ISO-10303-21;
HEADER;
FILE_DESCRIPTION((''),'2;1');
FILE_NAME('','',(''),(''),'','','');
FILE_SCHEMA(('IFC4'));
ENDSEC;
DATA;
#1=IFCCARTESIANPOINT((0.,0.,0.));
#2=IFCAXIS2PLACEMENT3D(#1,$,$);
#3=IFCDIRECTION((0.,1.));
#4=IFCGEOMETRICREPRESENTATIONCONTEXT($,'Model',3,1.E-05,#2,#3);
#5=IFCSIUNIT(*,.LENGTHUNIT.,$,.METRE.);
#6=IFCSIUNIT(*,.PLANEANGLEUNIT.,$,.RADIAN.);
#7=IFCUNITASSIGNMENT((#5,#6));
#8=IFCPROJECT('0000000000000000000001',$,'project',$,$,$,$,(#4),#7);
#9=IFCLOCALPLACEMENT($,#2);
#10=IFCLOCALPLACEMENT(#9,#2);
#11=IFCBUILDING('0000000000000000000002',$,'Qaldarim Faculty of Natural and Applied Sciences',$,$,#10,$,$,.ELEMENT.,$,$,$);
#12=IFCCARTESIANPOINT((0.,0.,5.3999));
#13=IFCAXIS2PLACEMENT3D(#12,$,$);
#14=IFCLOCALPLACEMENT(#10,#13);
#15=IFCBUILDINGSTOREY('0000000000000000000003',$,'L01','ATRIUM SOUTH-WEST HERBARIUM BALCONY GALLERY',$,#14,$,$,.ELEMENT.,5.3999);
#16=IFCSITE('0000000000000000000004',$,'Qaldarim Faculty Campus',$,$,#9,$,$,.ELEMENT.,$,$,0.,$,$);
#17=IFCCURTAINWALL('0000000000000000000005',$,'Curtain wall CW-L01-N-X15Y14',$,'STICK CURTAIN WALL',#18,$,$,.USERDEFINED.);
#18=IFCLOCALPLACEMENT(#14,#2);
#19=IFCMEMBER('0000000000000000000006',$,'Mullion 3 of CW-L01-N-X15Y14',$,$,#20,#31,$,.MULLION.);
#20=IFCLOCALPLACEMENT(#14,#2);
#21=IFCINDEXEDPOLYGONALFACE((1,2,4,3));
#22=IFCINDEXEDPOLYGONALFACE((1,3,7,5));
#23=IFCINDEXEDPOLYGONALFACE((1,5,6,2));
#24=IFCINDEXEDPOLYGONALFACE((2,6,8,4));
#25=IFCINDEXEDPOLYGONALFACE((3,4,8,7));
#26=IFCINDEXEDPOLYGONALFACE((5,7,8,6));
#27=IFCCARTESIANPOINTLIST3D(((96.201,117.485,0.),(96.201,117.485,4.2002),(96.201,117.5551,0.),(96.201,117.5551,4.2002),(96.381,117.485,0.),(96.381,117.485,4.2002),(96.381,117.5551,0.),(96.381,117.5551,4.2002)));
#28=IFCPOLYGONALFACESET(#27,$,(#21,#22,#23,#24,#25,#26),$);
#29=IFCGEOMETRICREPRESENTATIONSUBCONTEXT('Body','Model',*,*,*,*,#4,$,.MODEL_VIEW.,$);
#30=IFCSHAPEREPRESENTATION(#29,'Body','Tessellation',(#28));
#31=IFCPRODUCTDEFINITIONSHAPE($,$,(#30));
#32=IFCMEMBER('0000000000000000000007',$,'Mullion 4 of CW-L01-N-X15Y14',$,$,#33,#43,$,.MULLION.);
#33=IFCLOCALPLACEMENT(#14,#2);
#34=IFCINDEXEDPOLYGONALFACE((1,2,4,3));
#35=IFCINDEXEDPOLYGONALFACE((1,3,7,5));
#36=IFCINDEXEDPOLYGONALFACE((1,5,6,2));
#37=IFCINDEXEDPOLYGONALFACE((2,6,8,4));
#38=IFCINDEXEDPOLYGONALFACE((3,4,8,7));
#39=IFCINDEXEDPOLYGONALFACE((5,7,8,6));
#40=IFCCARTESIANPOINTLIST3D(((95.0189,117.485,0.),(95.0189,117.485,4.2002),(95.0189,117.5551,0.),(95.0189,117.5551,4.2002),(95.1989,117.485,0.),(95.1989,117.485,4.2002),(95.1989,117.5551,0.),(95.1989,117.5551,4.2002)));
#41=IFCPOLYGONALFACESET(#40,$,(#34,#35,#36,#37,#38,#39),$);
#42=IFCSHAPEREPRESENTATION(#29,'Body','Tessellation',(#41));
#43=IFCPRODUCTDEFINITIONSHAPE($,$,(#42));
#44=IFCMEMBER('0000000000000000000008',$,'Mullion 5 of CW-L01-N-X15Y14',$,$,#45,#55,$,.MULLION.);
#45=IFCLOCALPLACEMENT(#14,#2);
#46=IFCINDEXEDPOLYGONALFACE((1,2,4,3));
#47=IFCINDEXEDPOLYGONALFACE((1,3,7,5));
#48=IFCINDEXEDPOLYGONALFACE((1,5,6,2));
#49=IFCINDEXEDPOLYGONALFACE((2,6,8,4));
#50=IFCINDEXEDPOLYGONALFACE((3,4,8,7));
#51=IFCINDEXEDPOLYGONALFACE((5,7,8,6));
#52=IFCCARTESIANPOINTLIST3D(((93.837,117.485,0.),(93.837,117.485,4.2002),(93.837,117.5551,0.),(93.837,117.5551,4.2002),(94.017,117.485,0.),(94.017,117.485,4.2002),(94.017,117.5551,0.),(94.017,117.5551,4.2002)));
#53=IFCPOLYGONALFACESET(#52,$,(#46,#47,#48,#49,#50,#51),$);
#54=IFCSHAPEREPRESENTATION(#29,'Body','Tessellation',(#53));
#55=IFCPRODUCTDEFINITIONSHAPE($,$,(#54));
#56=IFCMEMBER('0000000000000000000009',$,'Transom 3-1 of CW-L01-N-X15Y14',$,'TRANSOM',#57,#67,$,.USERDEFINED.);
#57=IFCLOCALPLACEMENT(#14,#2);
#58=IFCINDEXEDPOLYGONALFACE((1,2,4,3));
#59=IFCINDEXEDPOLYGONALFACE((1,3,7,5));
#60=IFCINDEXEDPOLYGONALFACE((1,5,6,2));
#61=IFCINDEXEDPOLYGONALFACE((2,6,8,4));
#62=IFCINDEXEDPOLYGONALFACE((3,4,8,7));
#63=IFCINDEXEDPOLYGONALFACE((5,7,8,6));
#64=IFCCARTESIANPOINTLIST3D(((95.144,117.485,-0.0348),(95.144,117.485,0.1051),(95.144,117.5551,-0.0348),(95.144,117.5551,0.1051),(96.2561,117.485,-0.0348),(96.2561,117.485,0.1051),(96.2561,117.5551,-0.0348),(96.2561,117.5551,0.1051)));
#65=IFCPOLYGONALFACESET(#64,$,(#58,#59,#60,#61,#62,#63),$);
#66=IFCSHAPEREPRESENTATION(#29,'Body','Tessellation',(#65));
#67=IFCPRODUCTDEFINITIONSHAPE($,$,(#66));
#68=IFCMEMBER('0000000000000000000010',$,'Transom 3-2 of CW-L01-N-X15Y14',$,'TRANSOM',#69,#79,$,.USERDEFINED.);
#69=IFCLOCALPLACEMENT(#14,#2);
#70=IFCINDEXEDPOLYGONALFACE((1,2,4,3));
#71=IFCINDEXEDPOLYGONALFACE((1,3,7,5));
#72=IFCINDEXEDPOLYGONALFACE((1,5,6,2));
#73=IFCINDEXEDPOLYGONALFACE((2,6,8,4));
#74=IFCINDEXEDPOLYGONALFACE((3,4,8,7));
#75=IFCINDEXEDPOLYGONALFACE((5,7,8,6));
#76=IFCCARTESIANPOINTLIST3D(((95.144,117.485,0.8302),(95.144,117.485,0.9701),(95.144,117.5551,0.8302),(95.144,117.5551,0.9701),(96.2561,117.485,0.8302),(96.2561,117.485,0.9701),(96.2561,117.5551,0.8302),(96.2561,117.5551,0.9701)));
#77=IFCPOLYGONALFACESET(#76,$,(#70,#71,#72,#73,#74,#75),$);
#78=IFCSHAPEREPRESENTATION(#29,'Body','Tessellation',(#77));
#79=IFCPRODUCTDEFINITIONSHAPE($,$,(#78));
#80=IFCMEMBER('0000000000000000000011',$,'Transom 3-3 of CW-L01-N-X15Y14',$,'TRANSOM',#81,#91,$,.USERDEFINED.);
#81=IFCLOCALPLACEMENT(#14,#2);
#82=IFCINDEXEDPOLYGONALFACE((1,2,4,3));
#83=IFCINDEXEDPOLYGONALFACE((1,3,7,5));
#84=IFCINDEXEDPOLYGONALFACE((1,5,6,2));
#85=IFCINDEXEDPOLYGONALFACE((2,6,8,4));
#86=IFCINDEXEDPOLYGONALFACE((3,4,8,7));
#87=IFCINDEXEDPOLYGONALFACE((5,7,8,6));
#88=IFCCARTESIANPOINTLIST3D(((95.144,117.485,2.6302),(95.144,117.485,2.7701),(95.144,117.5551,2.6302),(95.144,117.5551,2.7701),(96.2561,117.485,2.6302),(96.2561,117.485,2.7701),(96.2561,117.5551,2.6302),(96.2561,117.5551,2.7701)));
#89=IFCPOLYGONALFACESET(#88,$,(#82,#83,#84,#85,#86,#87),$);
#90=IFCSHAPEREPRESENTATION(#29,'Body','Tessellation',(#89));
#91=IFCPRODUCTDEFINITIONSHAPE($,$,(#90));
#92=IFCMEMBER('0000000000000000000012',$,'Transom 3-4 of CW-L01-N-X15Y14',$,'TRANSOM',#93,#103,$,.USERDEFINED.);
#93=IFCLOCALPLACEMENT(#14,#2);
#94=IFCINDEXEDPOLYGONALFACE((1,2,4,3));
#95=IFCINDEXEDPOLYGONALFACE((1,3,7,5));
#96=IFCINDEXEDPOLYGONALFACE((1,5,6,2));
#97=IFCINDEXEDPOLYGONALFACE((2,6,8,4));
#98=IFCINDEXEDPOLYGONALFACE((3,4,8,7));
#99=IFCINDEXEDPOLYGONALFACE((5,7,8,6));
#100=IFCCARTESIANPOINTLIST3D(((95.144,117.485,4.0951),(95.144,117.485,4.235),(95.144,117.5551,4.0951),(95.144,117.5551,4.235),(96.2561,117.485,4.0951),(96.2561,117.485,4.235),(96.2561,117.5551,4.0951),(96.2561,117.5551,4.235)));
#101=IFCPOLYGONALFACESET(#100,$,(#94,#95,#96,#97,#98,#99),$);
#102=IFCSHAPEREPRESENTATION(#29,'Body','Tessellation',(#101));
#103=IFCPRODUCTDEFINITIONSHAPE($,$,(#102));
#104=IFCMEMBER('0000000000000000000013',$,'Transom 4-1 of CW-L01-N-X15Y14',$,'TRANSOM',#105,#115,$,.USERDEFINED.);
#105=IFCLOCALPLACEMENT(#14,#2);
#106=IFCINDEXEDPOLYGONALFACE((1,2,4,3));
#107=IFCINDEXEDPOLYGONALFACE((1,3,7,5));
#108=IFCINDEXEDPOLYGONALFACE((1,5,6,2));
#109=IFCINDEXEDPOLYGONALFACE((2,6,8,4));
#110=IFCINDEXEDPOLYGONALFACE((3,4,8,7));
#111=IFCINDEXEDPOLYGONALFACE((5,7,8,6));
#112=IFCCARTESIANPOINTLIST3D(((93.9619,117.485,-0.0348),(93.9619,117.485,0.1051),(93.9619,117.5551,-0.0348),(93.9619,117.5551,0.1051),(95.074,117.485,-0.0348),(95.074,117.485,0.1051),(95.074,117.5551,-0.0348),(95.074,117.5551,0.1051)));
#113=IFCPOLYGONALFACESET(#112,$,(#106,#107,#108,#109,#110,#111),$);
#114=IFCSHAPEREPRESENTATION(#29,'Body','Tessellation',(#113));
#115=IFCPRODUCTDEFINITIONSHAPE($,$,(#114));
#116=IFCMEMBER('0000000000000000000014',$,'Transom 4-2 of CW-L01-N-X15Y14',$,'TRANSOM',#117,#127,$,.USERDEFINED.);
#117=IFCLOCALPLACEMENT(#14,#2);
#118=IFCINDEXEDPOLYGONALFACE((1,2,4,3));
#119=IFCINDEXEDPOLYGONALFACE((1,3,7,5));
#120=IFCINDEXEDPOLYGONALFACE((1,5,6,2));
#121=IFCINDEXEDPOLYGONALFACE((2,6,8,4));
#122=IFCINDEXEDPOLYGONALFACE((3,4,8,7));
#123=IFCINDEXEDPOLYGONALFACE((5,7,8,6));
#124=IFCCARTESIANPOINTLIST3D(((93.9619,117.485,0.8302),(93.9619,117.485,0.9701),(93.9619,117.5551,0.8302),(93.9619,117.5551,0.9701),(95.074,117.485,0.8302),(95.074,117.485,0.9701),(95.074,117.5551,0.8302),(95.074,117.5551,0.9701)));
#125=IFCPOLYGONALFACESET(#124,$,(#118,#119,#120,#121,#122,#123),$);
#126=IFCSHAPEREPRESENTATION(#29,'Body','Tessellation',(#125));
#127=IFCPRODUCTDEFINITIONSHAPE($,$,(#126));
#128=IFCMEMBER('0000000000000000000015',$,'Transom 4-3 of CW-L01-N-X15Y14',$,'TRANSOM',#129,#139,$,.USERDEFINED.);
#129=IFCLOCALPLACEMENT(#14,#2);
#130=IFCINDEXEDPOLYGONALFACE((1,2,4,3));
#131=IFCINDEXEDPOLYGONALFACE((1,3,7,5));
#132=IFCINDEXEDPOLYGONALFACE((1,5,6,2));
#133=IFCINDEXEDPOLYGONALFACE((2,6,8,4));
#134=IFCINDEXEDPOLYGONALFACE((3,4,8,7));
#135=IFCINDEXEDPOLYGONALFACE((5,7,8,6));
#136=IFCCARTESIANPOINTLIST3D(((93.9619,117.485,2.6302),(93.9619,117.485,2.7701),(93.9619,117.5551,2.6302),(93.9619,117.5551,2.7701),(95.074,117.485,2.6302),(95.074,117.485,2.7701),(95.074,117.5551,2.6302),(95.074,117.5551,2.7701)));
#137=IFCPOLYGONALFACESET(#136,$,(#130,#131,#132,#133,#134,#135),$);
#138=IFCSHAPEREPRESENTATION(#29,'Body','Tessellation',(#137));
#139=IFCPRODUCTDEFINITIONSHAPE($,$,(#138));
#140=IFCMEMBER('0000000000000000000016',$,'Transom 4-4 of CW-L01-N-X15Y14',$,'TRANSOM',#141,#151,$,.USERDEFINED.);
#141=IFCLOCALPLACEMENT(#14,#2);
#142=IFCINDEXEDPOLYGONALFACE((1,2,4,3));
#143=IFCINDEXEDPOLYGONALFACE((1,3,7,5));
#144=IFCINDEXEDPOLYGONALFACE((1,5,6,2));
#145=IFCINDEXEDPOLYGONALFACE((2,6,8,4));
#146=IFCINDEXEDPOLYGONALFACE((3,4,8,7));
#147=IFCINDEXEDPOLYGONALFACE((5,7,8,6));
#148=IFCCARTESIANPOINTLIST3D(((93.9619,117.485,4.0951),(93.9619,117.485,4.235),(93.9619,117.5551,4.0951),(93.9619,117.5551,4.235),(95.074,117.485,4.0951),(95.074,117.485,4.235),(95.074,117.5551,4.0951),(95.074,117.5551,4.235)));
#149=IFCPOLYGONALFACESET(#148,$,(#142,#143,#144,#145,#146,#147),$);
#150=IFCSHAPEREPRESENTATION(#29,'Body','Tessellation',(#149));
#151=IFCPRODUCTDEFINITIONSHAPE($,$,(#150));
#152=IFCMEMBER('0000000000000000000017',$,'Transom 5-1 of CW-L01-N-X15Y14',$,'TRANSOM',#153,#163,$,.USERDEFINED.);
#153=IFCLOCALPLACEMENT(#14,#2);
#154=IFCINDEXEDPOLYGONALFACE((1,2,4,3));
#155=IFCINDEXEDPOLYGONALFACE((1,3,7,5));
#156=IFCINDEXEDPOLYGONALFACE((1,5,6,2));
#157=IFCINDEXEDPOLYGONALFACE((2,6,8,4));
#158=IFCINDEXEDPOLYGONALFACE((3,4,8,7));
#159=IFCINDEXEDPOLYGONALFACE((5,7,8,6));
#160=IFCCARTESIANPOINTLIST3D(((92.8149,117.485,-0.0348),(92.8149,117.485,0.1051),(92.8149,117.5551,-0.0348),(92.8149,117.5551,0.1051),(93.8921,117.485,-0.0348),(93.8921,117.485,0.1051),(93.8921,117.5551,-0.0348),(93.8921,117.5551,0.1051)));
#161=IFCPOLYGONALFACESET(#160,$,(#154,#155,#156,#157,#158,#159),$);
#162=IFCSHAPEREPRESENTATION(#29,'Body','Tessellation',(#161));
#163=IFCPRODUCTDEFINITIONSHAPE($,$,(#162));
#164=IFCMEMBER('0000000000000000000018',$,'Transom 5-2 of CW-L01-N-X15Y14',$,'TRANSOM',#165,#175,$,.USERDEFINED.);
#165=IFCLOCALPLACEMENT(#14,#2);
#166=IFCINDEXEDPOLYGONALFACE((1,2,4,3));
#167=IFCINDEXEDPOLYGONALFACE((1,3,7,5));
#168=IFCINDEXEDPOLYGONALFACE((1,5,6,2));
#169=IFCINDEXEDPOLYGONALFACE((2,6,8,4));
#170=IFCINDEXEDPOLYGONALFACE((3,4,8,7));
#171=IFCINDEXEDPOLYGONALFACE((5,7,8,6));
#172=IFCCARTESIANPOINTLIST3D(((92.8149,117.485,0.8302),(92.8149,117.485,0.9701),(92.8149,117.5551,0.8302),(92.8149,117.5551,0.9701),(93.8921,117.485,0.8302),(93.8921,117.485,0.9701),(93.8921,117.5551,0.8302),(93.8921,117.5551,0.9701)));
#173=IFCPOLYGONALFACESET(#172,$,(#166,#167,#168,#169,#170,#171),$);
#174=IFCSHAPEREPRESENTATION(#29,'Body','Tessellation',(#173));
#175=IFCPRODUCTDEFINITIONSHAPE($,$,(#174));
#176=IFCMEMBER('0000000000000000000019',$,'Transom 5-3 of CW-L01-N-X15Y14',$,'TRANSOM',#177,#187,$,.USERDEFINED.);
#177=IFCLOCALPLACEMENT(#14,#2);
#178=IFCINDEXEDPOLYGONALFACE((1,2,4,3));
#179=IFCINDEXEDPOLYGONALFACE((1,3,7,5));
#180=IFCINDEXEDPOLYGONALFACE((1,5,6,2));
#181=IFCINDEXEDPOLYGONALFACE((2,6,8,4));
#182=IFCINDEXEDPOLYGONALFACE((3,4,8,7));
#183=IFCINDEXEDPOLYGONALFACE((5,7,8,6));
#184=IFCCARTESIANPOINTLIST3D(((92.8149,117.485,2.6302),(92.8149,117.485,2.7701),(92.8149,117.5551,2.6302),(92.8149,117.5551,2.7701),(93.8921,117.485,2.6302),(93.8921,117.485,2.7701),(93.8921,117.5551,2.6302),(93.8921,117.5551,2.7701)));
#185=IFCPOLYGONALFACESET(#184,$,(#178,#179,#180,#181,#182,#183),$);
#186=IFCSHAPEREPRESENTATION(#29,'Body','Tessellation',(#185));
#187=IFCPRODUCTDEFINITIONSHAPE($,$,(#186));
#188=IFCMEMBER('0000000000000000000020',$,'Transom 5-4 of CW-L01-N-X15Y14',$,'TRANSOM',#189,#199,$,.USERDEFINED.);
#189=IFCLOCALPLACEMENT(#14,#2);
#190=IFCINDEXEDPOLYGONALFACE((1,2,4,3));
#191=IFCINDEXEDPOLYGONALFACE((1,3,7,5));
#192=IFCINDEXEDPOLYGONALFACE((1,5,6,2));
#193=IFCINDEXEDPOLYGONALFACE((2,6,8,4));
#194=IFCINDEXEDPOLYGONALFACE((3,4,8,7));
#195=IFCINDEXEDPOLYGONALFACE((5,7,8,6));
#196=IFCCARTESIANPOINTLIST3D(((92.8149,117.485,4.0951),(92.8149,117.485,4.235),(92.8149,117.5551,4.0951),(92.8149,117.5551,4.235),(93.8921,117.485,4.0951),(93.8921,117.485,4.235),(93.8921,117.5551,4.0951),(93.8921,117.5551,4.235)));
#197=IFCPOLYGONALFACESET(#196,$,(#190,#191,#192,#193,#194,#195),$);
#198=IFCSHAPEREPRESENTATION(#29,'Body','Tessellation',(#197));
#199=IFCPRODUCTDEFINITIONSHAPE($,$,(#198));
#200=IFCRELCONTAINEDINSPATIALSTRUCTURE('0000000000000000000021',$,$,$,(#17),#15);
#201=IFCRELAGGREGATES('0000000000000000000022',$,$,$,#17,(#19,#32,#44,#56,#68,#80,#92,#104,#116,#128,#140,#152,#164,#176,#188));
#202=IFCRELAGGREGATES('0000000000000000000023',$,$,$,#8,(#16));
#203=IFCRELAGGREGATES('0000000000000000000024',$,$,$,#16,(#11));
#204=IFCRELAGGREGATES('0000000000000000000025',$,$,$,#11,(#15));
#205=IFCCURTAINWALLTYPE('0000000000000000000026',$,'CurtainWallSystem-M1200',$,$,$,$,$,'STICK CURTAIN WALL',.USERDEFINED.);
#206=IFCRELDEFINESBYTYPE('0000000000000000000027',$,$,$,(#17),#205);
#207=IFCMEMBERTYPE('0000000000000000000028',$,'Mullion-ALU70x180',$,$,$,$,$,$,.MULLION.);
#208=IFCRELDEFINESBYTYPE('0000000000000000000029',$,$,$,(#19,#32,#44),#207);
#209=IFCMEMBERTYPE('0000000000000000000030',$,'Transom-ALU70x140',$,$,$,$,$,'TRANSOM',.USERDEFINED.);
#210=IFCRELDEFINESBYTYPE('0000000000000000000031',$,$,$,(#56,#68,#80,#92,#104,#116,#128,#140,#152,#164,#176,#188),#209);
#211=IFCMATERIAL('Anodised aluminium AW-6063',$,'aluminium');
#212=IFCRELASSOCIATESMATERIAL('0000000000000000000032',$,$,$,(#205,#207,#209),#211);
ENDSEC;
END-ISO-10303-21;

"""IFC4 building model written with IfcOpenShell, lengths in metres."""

from ifc_helpers import new_model, si_unit, direction, frame, origin, origin_2d, place, context, subcontext, project, spatial, rectangle, extrude, material, material_profile, profile_set, type_object, element, aggregate, save


model = new_model("IFC4")

# Units and contexts
model_context = context("Model", 3, precision=1e-05, world=origin(), true_north=direction((0.0, 1.0)))
body_context = subcontext(model_context, "Body", "Model", "MODEL_VIEW")
ifc_project = project(units=[si_unit("LENGTHUNIT", "METRE"), si_unit("PLANEANGLEUNIT", "RADIAN")], contexts=[model_context])

# Site, building, storey
site_placement = place(None, origin())
site = spatial("IfcSite", under=ifc_project, at=site_placement, Name="Qaldarim Faculty Campus", CompositionType="ELEMENT", RefElevation=0.0)
building_placement = place(site_placement, origin())
building = spatial("IfcBuilding", under=site, at=building_placement, Name="Qaldarim Faculty of Natural and Applied Sciences", CompositionType="ELEMENT")
storey_placement = place(building_placement, frame((0.0, 0.0, 5.3999)))
storey = spatial("IfcBuildingStorey", under=building, at=storey_placement, Name="L01", Description="ATRIUM SOUTH-WEST HERBARIUM BALCONY GALLERY", CompositionType="ELEMENT", Elevation=5.3999)

# Curtain wall, members
ifc_material_1 = material(Name="Anodised aluminium AW-6063", Category="aluminium")
curtain_wall_type = type_object("IfcCurtainWallType", Name="CurtainWallSystem-M1200", ElementType="STICK CURTAIN WALL", PredefinedType="USERDEFINED", material=ifc_material_1)
curtain_wall_placement = place(storey_placement, origin())
curtain_wall = element("IfcCurtainWall", 1, at=curtain_wall_placement, inside=storey, type_object=curtain_wall_type, Name="Curtain wall CW-L01-N-X15Y14", ObjectType="STICK CURTAIN WALL", PredefinedType="USERDEFINED")
ifc_material_profile_1 = material_profile(ifc_material_1, rectangle(XDim=0.0701, YDim=0.1799, at=origin_2d()), Name="ALU-M70x180")
ifc_profile_set_1 = profile_set([ifc_material_profile_1], Name="Anodised aluminium AW-6063")
member_type_1 = type_object("IfcMemberType", Name="Mullion-ALU70x180", PredefinedType="MULLION", material=ifc_profile_set_1)
member_1_placement = place(storey_placement, frame((96.291, 117.52, 0.0), z_axis=(0.0, 0.0, 1.0), x_axis=(0.0, -1.0, 0.0)))
member_1 = element("IfcMember", 2, at=member_1_placement, type_object=member_type_1, Name="Mullion 3 of CW-L01-N-X15Y14", PredefinedType="MULLION", context=body_context, shape_type="SweptSolid", body=[
    extrude(rectangle(XDim=0.0701, YDim=0.1799, at=origin_2d()), origin(), (0.0, 0.0, 1.0), 4.2002),
])
member_2_placement = place(storey_placement, frame((95.1089, 117.52, 0.0), z_axis=(0.0, 0.0, 1.0), x_axis=(0.0, -1.0, 0.0)))
member_2 = element("IfcMember", 3, at=member_2_placement, type_object=member_type_1, Name="Mullion 4 of CW-L01-N-X15Y14", PredefinedType="MULLION", context=body_context, shape_type="SweptSolid", body=[
    extrude(rectangle(XDim=0.0701, YDim=0.1799, at=origin_2d()), origin(), (0.0, 0.0, 1.0), 4.2002),
])
member_3_placement = place(storey_placement, frame((93.927, 117.52, 0.0), z_axis=(0.0, 0.0, 1.0), x_axis=(0.0, -1.0, 0.0)))
member_3 = element("IfcMember", 4, at=member_3_placement, type_object=member_type_1, Name="Mullion 5 of CW-L01-N-X15Y14", PredefinedType="MULLION", context=body_context, shape_type="SweptSolid", body=[
    extrude(rectangle(XDim=0.0701, YDim=0.1799, at=origin_2d()), origin(), (0.0, 0.0, 1.0), 4.2002),
])
ifc_material_profile_2 = material_profile(ifc_material_1, rectangle(XDim=0.0701, YDim=0.1399, at=origin_2d()), Name="ALU-T70x140")
ifc_profile_set_2 = profile_set([ifc_material_profile_2], Name="Anodised aluminium AW-6063")
member_type_2 = type_object("IfcMemberType", Name="Transom-ALU70x140", ElementType="TRANSOM", PredefinedType="USERDEFINED", material=ifc_profile_set_2)
member_4_placement = place(storey_placement, frame((96.2561, 117.52, 0.0352), z_axis=(-1.0, 0.0, 0.0), x_axis=(0.0, -1.0, 0.0)))
member_4 = element("IfcMember", 5, at=member_4_placement, type_object=member_type_2, Name="Transom 3-1 of CW-L01-N-X15Y14", ObjectType="TRANSOM", PredefinedType="USERDEFINED", context=body_context, shape_type="SweptSolid", body=[
    extrude(rectangle(XDim=0.0701, YDim=0.1399, at=origin_2d()), origin(), (0.0, 0.0, 1.0), 1.1121),
])
member_5_placement = place(storey_placement, frame((96.2561, 117.52, 0.9001), z_axis=(-1.0, 0.0, 0.0), x_axis=(0.0, -1.0, 0.0)))
member_5 = element("IfcMember", 6, at=member_5_placement, type_object=member_type_2, Name="Transom 3-2 of CW-L01-N-X15Y14", ObjectType="TRANSOM", PredefinedType="USERDEFINED", context=body_context, shape_type="SweptSolid", body=[
    extrude(rectangle(XDim=0.0701, YDim=0.1399, at=origin_2d()), origin(), (0.0, 0.0, 1.0), 1.1121),
])
member_6_placement = place(storey_placement, frame((96.2561, 117.52, 2.7002), z_axis=(-1.0, 0.0, 0.0), x_axis=(0.0, -1.0, 0.0)))
member_6 = element("IfcMember", 7, at=member_6_placement, type_object=member_type_2, Name="Transom 3-3 of CW-L01-N-X15Y14", ObjectType="TRANSOM", PredefinedType="USERDEFINED", context=body_context, shape_type="SweptSolid", body=[
    extrude(rectangle(XDim=0.0701, YDim=0.1399, at=origin_2d()), origin(), (0.0, 0.0, 1.0), 1.1121),
])
member_7_placement = place(storey_placement, frame((96.2561, 117.52, 4.165), z_axis=(-1.0, 0.0, 0.0), x_axis=(0.0, -1.0, 0.0)))
member_7 = element("IfcMember", 8, at=member_7_placement, type_object=member_type_2, Name="Transom 3-4 of CW-L01-N-X15Y14", ObjectType="TRANSOM", PredefinedType="USERDEFINED", context=body_context, shape_type="SweptSolid", body=[
    extrude(rectangle(XDim=0.0701, YDim=0.1399, at=origin_2d()), origin(), (0.0, 0.0, 1.0), 1.1121),
])
member_8_placement = place(storey_placement, frame((95.074, 117.52, 0.0352), z_axis=(-1.0, 0.0, 0.0), x_axis=(0.0, -1.0, 0.0)))
member_8 = element("IfcMember", 9, at=member_8_placement, type_object=member_type_2, Name="Transom 4-1 of CW-L01-N-X15Y14", ObjectType="TRANSOM", PredefinedType="USERDEFINED", context=body_context, shape_type="SweptSolid", body=[
    extrude(rectangle(XDim=0.0701, YDim=0.1399, at=origin_2d()), origin(), (0.0, 0.0, 1.0), 1.1121),
])
member_9_placement = place(storey_placement, frame((95.074, 117.52, 0.9001), z_axis=(-1.0, 0.0, 0.0), x_axis=(0.0, -1.0, 0.0)))
member_9 = element("IfcMember", 10, at=member_9_placement, type_object=member_type_2, Name="Transom 4-2 of CW-L01-N-X15Y14", ObjectType="TRANSOM", PredefinedType="USERDEFINED", context=body_context, shape_type="SweptSolid", body=[
    extrude(rectangle(XDim=0.0701, YDim=0.1399, at=origin_2d()), origin(), (0.0, 0.0, 1.0), 1.1121),
])
member_10_placement = place(storey_placement, frame((95.074, 117.52, 2.7002), z_axis=(-1.0, 0.0, 0.0), x_axis=(0.0, -1.0, 0.0)))
member_10 = element("IfcMember", 11, at=member_10_placement, type_object=member_type_2, Name="Transom 4-3 of CW-L01-N-X15Y14", ObjectType="TRANSOM", PredefinedType="USERDEFINED", context=body_context, shape_type="SweptSolid", body=[
    extrude(rectangle(XDim=0.0701, YDim=0.1399, at=origin_2d()), origin(), (0.0, 0.0, 1.0), 1.1121),
])
member_11_placement = place(storey_placement, frame((95.074, 117.52, 4.165), z_axis=(-1.0, 0.0, 0.0), x_axis=(0.0, -1.0, 0.0)))
member_11 = element("IfcMember", 12, at=member_11_placement, type_object=member_type_2, Name="Transom 4-4 of CW-L01-N-X15Y14", ObjectType="TRANSOM", PredefinedType="USERDEFINED", context=body_context, shape_type="SweptSolid", body=[
    extrude(rectangle(XDim=0.0701, YDim=0.1399, at=origin_2d()), origin(), (0.0, 0.0, 1.0), 1.1121),
])
member_12_placement = place(storey_placement, frame((93.8921, 117.52, 0.0352), z_axis=(-1.0, 0.0, 0.0), x_axis=(0.0, -1.0, 0.0)))
member_12 = element("IfcMember", 13, at=member_12_placement, type_object=member_type_2, Name="Transom 5-1 of CW-L01-N-X15Y14", ObjectType="TRANSOM", PredefinedType="USERDEFINED", context=body_context, shape_type="SweptSolid", body=[
    extrude(rectangle(XDim=0.0701, YDim=0.1399, at=origin_2d()), origin(), (0.0, 0.0, 1.0), 1.0771),
])
member_13_placement = place(storey_placement, frame((93.8921, 117.52, 0.9001), z_axis=(-1.0, 0.0, 0.0), x_axis=(0.0, -1.0, 0.0)))
member_13 = element("IfcMember", 14, at=member_13_placement, type_object=member_type_2, Name="Transom 5-2 of CW-L01-N-X15Y14", ObjectType="TRANSOM", PredefinedType="USERDEFINED", context=body_context, shape_type="SweptSolid", body=[
    extrude(rectangle(XDim=0.0701, YDim=0.1399, at=origin_2d()), origin(), (0.0, 0.0, 1.0), 1.0771),
])
member_14_placement = place(storey_placement, frame((93.8921, 117.52, 2.7002), z_axis=(-1.0, 0.0, 0.0), x_axis=(0.0, -1.0, 0.0)))
member_14 = element("IfcMember", 15, at=member_14_placement, type_object=member_type_2, Name="Transom 5-3 of CW-L01-N-X15Y14", ObjectType="TRANSOM", PredefinedType="USERDEFINED", context=body_context, shape_type="SweptSolid", body=[
    extrude(rectangle(XDim=0.0701, YDim=0.1399, at=origin_2d()), origin(), (0.0, 0.0, 1.0), 1.0771),
])
member_15_placement = place(storey_placement, frame((93.8921, 117.52, 4.165), z_axis=(-1.0, 0.0, 0.0), x_axis=(0.0, -1.0, 0.0)))
member_15 = element("IfcMember", 16, at=member_15_placement, type_object=member_type_2, Name="Transom 5-4 of CW-L01-N-X15Y14", ObjectType="TRANSOM", PredefinedType="USERDEFINED", context=body_context, shape_type="SweptSolid", body=[
    extrude(rectangle(XDim=0.0701, YDim=0.1399, at=origin_2d()), origin(), (0.0, 0.0, 1.0), 1.0771),
])
aggregate(curtain_wall, [member_1, member_2, member_3, member_4, member_5, member_6, member_7, member_8, member_9, member_10, member_11, member_12, member_13, member_14, member_15])

save(model, "model.ifc")
